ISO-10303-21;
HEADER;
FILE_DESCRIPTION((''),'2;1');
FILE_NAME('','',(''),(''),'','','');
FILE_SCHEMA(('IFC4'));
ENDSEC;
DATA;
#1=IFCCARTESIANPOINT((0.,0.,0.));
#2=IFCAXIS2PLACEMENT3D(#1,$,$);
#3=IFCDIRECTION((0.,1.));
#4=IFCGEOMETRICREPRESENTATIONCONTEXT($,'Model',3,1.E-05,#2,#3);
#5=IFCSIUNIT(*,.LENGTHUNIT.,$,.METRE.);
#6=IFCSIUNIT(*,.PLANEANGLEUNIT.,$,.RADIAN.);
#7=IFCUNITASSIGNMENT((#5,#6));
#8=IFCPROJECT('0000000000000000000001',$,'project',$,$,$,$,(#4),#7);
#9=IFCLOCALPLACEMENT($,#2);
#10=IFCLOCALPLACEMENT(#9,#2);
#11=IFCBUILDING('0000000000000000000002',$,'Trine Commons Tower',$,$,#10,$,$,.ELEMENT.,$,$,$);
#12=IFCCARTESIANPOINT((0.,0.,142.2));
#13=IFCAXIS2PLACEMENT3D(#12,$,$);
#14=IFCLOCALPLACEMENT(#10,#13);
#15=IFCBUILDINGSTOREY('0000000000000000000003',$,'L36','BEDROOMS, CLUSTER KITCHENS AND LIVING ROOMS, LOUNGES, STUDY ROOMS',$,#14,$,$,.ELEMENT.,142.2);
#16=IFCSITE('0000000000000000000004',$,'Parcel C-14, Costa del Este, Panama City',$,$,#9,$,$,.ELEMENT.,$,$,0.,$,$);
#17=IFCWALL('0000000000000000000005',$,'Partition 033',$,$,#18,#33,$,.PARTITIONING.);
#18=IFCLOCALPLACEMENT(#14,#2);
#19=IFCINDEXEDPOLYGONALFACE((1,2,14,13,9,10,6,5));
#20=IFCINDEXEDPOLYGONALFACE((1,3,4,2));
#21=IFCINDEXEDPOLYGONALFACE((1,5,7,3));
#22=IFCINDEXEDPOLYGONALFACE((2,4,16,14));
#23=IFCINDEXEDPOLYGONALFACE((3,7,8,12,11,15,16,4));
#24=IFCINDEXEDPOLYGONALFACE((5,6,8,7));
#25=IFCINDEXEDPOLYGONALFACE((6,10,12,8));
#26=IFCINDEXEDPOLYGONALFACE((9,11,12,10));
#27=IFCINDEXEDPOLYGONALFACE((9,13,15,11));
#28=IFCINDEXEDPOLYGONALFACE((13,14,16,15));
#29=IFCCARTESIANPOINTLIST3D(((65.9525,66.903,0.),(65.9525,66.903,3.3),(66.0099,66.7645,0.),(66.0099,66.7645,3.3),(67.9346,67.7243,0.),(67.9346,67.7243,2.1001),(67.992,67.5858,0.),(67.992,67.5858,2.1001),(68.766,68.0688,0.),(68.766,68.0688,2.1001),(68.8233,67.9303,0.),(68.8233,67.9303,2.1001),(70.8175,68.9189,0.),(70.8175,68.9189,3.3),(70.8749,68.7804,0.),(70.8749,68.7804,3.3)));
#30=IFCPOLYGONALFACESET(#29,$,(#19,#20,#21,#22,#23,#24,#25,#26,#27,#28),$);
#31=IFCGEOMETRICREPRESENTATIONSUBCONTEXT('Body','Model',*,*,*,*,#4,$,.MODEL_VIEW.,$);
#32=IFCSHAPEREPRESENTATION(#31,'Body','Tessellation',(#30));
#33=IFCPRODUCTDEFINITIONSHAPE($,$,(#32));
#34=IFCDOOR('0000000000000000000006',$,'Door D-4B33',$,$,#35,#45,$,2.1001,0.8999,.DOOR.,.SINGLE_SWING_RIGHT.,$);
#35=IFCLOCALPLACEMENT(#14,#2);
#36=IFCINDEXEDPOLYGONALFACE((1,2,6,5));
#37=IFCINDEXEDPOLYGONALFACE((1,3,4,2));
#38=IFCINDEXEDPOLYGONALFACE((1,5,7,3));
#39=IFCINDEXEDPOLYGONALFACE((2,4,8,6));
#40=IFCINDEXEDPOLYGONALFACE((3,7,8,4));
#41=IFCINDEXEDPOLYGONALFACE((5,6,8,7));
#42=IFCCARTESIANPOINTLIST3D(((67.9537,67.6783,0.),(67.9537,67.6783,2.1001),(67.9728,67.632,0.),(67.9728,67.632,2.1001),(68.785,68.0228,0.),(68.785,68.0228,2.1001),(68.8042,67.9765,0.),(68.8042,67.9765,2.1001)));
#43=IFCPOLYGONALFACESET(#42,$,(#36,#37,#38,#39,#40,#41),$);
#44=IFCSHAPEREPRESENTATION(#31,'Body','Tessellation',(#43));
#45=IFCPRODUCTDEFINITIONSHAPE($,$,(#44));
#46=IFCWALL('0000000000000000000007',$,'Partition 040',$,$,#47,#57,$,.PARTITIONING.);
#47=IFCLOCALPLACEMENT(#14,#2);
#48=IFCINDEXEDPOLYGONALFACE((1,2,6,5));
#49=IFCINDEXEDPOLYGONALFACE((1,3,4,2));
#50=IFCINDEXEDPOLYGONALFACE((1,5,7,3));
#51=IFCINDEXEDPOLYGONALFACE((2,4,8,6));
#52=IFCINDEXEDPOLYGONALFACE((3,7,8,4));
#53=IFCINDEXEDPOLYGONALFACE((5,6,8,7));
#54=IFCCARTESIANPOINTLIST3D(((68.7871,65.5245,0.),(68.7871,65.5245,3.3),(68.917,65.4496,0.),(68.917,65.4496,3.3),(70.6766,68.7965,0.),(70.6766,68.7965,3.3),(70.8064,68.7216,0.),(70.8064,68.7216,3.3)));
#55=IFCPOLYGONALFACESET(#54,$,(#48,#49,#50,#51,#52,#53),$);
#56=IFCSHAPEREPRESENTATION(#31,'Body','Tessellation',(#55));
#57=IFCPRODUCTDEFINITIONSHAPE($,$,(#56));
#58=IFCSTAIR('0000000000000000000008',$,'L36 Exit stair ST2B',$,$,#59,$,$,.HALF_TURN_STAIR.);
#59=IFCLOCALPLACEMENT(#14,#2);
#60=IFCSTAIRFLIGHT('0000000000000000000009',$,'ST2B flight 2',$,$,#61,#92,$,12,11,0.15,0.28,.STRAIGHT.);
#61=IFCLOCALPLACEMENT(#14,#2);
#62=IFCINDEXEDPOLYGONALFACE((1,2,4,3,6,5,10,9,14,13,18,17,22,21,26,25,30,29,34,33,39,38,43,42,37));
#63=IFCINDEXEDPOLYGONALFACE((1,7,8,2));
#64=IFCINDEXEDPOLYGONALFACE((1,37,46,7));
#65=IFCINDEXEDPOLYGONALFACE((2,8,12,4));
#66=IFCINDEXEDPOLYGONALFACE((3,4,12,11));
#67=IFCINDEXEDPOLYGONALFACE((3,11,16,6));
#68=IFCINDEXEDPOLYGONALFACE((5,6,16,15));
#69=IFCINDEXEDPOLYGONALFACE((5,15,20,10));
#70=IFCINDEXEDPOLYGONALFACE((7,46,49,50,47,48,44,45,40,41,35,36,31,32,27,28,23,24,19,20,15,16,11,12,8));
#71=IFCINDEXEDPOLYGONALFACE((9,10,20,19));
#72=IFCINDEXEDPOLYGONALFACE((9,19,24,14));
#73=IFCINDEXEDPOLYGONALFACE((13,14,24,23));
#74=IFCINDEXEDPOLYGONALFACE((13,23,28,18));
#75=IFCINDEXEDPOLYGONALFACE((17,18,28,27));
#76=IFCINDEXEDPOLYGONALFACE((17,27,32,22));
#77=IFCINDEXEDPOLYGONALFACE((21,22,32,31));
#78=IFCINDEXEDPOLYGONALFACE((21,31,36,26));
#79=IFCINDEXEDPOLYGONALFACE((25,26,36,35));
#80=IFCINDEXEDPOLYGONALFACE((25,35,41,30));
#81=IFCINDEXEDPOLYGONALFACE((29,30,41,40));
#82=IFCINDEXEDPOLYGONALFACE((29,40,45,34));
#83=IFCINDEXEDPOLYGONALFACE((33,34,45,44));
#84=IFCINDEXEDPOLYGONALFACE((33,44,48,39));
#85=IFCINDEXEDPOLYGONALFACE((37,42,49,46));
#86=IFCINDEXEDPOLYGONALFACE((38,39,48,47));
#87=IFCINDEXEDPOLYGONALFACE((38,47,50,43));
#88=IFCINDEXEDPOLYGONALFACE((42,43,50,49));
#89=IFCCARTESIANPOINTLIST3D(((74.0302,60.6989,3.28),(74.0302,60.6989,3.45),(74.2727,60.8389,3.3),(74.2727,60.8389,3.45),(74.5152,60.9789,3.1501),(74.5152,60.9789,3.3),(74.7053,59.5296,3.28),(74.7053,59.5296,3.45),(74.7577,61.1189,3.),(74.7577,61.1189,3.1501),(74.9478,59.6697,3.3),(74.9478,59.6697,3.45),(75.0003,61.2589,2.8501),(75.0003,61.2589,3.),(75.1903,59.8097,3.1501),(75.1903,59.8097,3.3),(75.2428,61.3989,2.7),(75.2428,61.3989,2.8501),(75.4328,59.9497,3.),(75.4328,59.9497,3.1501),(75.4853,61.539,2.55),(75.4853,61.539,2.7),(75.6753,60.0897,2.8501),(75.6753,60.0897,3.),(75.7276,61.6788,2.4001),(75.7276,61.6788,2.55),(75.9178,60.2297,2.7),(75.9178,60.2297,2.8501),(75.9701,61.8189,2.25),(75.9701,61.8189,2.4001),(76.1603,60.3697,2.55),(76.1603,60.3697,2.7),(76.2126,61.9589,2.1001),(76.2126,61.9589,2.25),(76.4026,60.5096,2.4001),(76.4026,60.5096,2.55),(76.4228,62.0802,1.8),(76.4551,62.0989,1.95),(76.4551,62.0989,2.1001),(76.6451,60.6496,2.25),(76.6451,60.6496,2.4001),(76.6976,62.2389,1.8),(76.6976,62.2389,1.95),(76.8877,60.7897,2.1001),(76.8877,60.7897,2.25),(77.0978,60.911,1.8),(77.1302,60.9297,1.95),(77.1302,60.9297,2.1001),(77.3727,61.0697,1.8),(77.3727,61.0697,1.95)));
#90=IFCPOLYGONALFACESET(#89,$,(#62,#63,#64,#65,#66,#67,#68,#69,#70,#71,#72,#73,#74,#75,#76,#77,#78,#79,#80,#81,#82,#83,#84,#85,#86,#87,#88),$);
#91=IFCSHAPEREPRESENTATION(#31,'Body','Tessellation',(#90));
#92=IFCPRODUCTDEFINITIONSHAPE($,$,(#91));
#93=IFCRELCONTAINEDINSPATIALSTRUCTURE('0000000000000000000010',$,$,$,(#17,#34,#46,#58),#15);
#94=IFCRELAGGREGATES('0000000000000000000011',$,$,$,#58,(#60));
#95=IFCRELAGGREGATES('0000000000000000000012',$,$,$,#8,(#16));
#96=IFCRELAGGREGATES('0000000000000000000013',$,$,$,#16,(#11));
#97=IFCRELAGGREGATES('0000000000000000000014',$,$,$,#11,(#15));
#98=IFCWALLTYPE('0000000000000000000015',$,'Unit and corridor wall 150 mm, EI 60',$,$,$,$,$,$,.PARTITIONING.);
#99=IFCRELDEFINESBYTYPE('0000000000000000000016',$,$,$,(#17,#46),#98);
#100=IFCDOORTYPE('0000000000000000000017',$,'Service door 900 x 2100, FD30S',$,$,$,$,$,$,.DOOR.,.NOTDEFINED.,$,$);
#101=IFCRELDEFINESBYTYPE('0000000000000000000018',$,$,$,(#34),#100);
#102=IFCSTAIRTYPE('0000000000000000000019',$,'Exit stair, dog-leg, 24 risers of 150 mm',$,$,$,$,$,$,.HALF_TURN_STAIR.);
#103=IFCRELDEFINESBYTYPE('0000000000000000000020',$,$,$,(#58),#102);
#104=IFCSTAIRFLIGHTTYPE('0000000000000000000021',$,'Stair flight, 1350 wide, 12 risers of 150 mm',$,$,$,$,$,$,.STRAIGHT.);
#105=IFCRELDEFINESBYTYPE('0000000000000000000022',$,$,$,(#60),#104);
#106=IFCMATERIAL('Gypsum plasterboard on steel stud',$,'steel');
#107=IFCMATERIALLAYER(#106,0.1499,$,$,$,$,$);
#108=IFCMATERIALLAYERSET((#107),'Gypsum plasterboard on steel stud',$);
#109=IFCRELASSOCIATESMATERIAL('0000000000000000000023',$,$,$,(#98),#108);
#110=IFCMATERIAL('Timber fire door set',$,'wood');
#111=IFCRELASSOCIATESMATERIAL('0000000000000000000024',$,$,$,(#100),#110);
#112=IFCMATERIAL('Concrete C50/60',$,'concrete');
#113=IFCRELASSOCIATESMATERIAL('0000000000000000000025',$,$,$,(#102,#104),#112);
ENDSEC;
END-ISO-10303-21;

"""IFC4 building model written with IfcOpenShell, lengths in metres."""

from ifc_helpers import new_model, si_unit, direction, frame, frame_2d, origin, place, context, subcontext, project, spatial, polyline, rectangle, outline, extrude, material, layer, layer_set, type_object, element, fill, aggregate, save


model = new_model("IFC4")

# Units and contexts
model_context = context("Model", 3, precision=1e-05, world=origin(), true_north=direction((0.0, 1.0)))
body_context = subcontext(model_context, "Body", "Model", "MODEL_VIEW")
ifc_project = project(units=[si_unit("LENGTHUNIT", "METRE"), si_unit("PLANEANGLEUNIT", "RADIAN")], contexts=[model_context])

# Site, building, storey
site_placement = place(None, origin())
site = spatial("IfcSite", under=ifc_project, at=site_placement, Name="Parcel C-14, Costa del Este, Panama City", CompositionType="ELEMENT", RefElevation=0.0)
building_placement = place(site_placement, origin())
building = spatial("IfcBuilding", under=site, at=building_placement, Name="Trine Commons Tower", CompositionType="ELEMENT")
storey_placement = place(building_placement, frame((0.0, 0.0, 142.2)))
storey = spatial("IfcBuildingStorey", under=building, at=storey_placement, Name="L36", Description="BEDROOMS, CLUSTER KITCHENS AND LIVING ROOMS, LOUNGES, STUDY ROOMS", CompositionType="ELEMENT", Elevation=142.2)

# Shared definitions
ifc_material_1 = material(Name="Concrete C50/60", Category="concrete")

# Shared definitions
ifc_material_2 = material(Name="Gypsum plasterboard on steel stud", Category="steel")
ifc_layer_1 = layer(ifc_material_2, 0.1499)
ifc_layer_set_1 = layer_set([ifc_layer_1], Name="Gypsum plasterboard on steel stud")
wall_type_1 = type_object("IfcWallType", Name="Unit and corridor wall 150 mm, EI 60", PredefinedType="PARTITIONING", material=ifc_layer_set_1)

# Wall, opening, door
wall_1_placement = place(storey_placement, frame((65.9812, 66.8337, 0.0), z_axis=(0.0, 0.0, 1.0), x_axis=(0.923831, 0.382801, 0.0)))
wall_1 = element("IfcWall", 1, at=wall_1_placement, inside=storey, type_object=wall_type_1, Name="Partition 033", PredefinedType="PARTITIONING", context=body_context, shape_type="SweptSolid", body=[
    extrude(rectangle(XDim=5.2661, YDim=0.1499, at=frame_2d((2.6331, 0.0))), origin(), (0.0, 0.0, 1.0), 3.3),
])
opening_1_placement = place(wall_1_placement, frame((2.1455, 0.0, 0.0)))
opening_1 = element("IfcOpeningElement", 2, at=opening_1_placement, cuts=wall_1, PredefinedType="OPENING", context=body_context, shape_type="SweptSolid", body=[
    extrude(rectangle(XDim=0.8999, YDim=2.1001, at=frame_2d((0.45, 1.05))), frame((0.0, 0.085, 0.0), z_axis=(0.0, -1.0, 0.0), x_axis=(1.0, 0.0, 0.0)), (0.0, 0.0, 1.0), 0.1699),
])
ifc_material_3 = material(Name="Timber fire door set", Category="wood")
door_type_1 = type_object("IfcDoorType", Name="Service door 900 x 2100, FD30S", OperationType="NOTDEFINED", PredefinedType="DOOR", material=ifc_material_3)
door_1_placement = place(opening_1_placement, frame((0.8999, 0.0, 0.0), z_axis=(0.0, 0.0, 1.0), x_axis=(-1.0, 0.0, 0.0)))
door_1 = element("IfcDoor", 3, at=door_1_placement, inside=storey, type_object=door_type_1, Name="Door D-4B33", OperationType="SINGLE_SWING_RIGHT", OverallHeight=2.1001, OverallWidth=0.8999, PredefinedType="DOOR", context=body_context, shape_type="SweptSolid", body=[
    extrude(rectangle(XDim=0.8999, YDim=2.1001, at=frame_2d((0.45, 1.05))), frame((0.0, 0.0249, 0.0), z_axis=(0.0, -1.0, 0.0), x_axis=(1.0, 0.0, 0.0)), (0.0, 0.0, 1.0), 0.05),
])
fill(opening_1, door_1)

# Wall
wall_2_placement = place(storey_placement, frame((68.8521, 65.4871, 0.0), z_axis=(0.0, 0.0, 1.0), x_axis=(0.500066, 0.865988, 0.0)))
element("IfcWall", 4, at=wall_2_placement, inside=storey, type_object=wall_type_1, Name="Partition 040", PredefinedType="PARTITIONING", context=body_context, shape_type="SweptSolid", body=[
    extrude(rectangle(XDim=3.7783, YDim=0.1499, at=frame_2d((1.8892, 0.0))), origin(), (0.0, 0.0, 1.0), 3.3),
])

# Stair, stair flight
stair_type = type_object("IfcStairType", Name="Exit stair, dog-leg, 24 risers of 150 mm", PredefinedType="HALF_TURN_STAIR", material=ifc_material_1)
stair_placement = place(storey_placement, origin())
stair = element("IfcStair", 5, at=stair_placement, inside=storey, type_object=stair_type, Name="L36 Exit stair ST2B", PredefinedType="HALF_TURN_STAIR")
stair_flight_type = type_object("IfcStairFlightType", Name="Stair flight, 1350 wide, 12 risers of 150 mm", PredefinedType="STRAIGHT", material=ifc_material_1)
stair_flight_placement = place(storey_placement, frame((77.0352, 61.6543, 1.8), z_axis=(0.0, 0.0, 1.0), x_axis=(-0.866025, -0.5, 0.0)))
stair_flight = element("IfcStairFlight", 6, at=stair_flight_placement, type_object=stair_flight_type, Name="ST2B flight 2", NumberOfRisers=12, NumberOfTreads=11, PredefinedType="STRAIGHT", RiserHeight=0.15, TreadLength=0.28, context=body_context, shape_type="SweptSolid", body=[
    extrude(outline(polyline([(0.0, 0.0), (0.0, 0.1499), (0.28, 0.1499), (0.28, 0.3), (0.5601, 0.3), (0.5601, 0.45), (0.8401, 0.45), (0.8401, 0.6001), (1.1201, 0.6001), (1.1201, 0.75), (1.3999, 0.75), (1.3999, 0.8999), (1.6799, 0.8999), (1.6799, 1.05), (1.96, 1.05), (1.96, 1.2), (2.24, 1.2), (2.24, 1.3501), (2.52, 1.3501), (2.52, 1.5), (2.8, 1.5), (2.8, 1.6499), (3.0801, 1.6499), (3.0801, 1.8), (3.0801, 1.48), (0.3174, 0.0), (0.0, 0.0)])), frame((0.0, 0.675, 0.0), z_axis=(0.0, -1.0, 0.0), x_axis=(1.0, 0.0, 0.0)), (0.0, 0.0, 1.0), 1.3501),
])
aggregate(stair, [stair_flight])

save(model, "model.ifc")
